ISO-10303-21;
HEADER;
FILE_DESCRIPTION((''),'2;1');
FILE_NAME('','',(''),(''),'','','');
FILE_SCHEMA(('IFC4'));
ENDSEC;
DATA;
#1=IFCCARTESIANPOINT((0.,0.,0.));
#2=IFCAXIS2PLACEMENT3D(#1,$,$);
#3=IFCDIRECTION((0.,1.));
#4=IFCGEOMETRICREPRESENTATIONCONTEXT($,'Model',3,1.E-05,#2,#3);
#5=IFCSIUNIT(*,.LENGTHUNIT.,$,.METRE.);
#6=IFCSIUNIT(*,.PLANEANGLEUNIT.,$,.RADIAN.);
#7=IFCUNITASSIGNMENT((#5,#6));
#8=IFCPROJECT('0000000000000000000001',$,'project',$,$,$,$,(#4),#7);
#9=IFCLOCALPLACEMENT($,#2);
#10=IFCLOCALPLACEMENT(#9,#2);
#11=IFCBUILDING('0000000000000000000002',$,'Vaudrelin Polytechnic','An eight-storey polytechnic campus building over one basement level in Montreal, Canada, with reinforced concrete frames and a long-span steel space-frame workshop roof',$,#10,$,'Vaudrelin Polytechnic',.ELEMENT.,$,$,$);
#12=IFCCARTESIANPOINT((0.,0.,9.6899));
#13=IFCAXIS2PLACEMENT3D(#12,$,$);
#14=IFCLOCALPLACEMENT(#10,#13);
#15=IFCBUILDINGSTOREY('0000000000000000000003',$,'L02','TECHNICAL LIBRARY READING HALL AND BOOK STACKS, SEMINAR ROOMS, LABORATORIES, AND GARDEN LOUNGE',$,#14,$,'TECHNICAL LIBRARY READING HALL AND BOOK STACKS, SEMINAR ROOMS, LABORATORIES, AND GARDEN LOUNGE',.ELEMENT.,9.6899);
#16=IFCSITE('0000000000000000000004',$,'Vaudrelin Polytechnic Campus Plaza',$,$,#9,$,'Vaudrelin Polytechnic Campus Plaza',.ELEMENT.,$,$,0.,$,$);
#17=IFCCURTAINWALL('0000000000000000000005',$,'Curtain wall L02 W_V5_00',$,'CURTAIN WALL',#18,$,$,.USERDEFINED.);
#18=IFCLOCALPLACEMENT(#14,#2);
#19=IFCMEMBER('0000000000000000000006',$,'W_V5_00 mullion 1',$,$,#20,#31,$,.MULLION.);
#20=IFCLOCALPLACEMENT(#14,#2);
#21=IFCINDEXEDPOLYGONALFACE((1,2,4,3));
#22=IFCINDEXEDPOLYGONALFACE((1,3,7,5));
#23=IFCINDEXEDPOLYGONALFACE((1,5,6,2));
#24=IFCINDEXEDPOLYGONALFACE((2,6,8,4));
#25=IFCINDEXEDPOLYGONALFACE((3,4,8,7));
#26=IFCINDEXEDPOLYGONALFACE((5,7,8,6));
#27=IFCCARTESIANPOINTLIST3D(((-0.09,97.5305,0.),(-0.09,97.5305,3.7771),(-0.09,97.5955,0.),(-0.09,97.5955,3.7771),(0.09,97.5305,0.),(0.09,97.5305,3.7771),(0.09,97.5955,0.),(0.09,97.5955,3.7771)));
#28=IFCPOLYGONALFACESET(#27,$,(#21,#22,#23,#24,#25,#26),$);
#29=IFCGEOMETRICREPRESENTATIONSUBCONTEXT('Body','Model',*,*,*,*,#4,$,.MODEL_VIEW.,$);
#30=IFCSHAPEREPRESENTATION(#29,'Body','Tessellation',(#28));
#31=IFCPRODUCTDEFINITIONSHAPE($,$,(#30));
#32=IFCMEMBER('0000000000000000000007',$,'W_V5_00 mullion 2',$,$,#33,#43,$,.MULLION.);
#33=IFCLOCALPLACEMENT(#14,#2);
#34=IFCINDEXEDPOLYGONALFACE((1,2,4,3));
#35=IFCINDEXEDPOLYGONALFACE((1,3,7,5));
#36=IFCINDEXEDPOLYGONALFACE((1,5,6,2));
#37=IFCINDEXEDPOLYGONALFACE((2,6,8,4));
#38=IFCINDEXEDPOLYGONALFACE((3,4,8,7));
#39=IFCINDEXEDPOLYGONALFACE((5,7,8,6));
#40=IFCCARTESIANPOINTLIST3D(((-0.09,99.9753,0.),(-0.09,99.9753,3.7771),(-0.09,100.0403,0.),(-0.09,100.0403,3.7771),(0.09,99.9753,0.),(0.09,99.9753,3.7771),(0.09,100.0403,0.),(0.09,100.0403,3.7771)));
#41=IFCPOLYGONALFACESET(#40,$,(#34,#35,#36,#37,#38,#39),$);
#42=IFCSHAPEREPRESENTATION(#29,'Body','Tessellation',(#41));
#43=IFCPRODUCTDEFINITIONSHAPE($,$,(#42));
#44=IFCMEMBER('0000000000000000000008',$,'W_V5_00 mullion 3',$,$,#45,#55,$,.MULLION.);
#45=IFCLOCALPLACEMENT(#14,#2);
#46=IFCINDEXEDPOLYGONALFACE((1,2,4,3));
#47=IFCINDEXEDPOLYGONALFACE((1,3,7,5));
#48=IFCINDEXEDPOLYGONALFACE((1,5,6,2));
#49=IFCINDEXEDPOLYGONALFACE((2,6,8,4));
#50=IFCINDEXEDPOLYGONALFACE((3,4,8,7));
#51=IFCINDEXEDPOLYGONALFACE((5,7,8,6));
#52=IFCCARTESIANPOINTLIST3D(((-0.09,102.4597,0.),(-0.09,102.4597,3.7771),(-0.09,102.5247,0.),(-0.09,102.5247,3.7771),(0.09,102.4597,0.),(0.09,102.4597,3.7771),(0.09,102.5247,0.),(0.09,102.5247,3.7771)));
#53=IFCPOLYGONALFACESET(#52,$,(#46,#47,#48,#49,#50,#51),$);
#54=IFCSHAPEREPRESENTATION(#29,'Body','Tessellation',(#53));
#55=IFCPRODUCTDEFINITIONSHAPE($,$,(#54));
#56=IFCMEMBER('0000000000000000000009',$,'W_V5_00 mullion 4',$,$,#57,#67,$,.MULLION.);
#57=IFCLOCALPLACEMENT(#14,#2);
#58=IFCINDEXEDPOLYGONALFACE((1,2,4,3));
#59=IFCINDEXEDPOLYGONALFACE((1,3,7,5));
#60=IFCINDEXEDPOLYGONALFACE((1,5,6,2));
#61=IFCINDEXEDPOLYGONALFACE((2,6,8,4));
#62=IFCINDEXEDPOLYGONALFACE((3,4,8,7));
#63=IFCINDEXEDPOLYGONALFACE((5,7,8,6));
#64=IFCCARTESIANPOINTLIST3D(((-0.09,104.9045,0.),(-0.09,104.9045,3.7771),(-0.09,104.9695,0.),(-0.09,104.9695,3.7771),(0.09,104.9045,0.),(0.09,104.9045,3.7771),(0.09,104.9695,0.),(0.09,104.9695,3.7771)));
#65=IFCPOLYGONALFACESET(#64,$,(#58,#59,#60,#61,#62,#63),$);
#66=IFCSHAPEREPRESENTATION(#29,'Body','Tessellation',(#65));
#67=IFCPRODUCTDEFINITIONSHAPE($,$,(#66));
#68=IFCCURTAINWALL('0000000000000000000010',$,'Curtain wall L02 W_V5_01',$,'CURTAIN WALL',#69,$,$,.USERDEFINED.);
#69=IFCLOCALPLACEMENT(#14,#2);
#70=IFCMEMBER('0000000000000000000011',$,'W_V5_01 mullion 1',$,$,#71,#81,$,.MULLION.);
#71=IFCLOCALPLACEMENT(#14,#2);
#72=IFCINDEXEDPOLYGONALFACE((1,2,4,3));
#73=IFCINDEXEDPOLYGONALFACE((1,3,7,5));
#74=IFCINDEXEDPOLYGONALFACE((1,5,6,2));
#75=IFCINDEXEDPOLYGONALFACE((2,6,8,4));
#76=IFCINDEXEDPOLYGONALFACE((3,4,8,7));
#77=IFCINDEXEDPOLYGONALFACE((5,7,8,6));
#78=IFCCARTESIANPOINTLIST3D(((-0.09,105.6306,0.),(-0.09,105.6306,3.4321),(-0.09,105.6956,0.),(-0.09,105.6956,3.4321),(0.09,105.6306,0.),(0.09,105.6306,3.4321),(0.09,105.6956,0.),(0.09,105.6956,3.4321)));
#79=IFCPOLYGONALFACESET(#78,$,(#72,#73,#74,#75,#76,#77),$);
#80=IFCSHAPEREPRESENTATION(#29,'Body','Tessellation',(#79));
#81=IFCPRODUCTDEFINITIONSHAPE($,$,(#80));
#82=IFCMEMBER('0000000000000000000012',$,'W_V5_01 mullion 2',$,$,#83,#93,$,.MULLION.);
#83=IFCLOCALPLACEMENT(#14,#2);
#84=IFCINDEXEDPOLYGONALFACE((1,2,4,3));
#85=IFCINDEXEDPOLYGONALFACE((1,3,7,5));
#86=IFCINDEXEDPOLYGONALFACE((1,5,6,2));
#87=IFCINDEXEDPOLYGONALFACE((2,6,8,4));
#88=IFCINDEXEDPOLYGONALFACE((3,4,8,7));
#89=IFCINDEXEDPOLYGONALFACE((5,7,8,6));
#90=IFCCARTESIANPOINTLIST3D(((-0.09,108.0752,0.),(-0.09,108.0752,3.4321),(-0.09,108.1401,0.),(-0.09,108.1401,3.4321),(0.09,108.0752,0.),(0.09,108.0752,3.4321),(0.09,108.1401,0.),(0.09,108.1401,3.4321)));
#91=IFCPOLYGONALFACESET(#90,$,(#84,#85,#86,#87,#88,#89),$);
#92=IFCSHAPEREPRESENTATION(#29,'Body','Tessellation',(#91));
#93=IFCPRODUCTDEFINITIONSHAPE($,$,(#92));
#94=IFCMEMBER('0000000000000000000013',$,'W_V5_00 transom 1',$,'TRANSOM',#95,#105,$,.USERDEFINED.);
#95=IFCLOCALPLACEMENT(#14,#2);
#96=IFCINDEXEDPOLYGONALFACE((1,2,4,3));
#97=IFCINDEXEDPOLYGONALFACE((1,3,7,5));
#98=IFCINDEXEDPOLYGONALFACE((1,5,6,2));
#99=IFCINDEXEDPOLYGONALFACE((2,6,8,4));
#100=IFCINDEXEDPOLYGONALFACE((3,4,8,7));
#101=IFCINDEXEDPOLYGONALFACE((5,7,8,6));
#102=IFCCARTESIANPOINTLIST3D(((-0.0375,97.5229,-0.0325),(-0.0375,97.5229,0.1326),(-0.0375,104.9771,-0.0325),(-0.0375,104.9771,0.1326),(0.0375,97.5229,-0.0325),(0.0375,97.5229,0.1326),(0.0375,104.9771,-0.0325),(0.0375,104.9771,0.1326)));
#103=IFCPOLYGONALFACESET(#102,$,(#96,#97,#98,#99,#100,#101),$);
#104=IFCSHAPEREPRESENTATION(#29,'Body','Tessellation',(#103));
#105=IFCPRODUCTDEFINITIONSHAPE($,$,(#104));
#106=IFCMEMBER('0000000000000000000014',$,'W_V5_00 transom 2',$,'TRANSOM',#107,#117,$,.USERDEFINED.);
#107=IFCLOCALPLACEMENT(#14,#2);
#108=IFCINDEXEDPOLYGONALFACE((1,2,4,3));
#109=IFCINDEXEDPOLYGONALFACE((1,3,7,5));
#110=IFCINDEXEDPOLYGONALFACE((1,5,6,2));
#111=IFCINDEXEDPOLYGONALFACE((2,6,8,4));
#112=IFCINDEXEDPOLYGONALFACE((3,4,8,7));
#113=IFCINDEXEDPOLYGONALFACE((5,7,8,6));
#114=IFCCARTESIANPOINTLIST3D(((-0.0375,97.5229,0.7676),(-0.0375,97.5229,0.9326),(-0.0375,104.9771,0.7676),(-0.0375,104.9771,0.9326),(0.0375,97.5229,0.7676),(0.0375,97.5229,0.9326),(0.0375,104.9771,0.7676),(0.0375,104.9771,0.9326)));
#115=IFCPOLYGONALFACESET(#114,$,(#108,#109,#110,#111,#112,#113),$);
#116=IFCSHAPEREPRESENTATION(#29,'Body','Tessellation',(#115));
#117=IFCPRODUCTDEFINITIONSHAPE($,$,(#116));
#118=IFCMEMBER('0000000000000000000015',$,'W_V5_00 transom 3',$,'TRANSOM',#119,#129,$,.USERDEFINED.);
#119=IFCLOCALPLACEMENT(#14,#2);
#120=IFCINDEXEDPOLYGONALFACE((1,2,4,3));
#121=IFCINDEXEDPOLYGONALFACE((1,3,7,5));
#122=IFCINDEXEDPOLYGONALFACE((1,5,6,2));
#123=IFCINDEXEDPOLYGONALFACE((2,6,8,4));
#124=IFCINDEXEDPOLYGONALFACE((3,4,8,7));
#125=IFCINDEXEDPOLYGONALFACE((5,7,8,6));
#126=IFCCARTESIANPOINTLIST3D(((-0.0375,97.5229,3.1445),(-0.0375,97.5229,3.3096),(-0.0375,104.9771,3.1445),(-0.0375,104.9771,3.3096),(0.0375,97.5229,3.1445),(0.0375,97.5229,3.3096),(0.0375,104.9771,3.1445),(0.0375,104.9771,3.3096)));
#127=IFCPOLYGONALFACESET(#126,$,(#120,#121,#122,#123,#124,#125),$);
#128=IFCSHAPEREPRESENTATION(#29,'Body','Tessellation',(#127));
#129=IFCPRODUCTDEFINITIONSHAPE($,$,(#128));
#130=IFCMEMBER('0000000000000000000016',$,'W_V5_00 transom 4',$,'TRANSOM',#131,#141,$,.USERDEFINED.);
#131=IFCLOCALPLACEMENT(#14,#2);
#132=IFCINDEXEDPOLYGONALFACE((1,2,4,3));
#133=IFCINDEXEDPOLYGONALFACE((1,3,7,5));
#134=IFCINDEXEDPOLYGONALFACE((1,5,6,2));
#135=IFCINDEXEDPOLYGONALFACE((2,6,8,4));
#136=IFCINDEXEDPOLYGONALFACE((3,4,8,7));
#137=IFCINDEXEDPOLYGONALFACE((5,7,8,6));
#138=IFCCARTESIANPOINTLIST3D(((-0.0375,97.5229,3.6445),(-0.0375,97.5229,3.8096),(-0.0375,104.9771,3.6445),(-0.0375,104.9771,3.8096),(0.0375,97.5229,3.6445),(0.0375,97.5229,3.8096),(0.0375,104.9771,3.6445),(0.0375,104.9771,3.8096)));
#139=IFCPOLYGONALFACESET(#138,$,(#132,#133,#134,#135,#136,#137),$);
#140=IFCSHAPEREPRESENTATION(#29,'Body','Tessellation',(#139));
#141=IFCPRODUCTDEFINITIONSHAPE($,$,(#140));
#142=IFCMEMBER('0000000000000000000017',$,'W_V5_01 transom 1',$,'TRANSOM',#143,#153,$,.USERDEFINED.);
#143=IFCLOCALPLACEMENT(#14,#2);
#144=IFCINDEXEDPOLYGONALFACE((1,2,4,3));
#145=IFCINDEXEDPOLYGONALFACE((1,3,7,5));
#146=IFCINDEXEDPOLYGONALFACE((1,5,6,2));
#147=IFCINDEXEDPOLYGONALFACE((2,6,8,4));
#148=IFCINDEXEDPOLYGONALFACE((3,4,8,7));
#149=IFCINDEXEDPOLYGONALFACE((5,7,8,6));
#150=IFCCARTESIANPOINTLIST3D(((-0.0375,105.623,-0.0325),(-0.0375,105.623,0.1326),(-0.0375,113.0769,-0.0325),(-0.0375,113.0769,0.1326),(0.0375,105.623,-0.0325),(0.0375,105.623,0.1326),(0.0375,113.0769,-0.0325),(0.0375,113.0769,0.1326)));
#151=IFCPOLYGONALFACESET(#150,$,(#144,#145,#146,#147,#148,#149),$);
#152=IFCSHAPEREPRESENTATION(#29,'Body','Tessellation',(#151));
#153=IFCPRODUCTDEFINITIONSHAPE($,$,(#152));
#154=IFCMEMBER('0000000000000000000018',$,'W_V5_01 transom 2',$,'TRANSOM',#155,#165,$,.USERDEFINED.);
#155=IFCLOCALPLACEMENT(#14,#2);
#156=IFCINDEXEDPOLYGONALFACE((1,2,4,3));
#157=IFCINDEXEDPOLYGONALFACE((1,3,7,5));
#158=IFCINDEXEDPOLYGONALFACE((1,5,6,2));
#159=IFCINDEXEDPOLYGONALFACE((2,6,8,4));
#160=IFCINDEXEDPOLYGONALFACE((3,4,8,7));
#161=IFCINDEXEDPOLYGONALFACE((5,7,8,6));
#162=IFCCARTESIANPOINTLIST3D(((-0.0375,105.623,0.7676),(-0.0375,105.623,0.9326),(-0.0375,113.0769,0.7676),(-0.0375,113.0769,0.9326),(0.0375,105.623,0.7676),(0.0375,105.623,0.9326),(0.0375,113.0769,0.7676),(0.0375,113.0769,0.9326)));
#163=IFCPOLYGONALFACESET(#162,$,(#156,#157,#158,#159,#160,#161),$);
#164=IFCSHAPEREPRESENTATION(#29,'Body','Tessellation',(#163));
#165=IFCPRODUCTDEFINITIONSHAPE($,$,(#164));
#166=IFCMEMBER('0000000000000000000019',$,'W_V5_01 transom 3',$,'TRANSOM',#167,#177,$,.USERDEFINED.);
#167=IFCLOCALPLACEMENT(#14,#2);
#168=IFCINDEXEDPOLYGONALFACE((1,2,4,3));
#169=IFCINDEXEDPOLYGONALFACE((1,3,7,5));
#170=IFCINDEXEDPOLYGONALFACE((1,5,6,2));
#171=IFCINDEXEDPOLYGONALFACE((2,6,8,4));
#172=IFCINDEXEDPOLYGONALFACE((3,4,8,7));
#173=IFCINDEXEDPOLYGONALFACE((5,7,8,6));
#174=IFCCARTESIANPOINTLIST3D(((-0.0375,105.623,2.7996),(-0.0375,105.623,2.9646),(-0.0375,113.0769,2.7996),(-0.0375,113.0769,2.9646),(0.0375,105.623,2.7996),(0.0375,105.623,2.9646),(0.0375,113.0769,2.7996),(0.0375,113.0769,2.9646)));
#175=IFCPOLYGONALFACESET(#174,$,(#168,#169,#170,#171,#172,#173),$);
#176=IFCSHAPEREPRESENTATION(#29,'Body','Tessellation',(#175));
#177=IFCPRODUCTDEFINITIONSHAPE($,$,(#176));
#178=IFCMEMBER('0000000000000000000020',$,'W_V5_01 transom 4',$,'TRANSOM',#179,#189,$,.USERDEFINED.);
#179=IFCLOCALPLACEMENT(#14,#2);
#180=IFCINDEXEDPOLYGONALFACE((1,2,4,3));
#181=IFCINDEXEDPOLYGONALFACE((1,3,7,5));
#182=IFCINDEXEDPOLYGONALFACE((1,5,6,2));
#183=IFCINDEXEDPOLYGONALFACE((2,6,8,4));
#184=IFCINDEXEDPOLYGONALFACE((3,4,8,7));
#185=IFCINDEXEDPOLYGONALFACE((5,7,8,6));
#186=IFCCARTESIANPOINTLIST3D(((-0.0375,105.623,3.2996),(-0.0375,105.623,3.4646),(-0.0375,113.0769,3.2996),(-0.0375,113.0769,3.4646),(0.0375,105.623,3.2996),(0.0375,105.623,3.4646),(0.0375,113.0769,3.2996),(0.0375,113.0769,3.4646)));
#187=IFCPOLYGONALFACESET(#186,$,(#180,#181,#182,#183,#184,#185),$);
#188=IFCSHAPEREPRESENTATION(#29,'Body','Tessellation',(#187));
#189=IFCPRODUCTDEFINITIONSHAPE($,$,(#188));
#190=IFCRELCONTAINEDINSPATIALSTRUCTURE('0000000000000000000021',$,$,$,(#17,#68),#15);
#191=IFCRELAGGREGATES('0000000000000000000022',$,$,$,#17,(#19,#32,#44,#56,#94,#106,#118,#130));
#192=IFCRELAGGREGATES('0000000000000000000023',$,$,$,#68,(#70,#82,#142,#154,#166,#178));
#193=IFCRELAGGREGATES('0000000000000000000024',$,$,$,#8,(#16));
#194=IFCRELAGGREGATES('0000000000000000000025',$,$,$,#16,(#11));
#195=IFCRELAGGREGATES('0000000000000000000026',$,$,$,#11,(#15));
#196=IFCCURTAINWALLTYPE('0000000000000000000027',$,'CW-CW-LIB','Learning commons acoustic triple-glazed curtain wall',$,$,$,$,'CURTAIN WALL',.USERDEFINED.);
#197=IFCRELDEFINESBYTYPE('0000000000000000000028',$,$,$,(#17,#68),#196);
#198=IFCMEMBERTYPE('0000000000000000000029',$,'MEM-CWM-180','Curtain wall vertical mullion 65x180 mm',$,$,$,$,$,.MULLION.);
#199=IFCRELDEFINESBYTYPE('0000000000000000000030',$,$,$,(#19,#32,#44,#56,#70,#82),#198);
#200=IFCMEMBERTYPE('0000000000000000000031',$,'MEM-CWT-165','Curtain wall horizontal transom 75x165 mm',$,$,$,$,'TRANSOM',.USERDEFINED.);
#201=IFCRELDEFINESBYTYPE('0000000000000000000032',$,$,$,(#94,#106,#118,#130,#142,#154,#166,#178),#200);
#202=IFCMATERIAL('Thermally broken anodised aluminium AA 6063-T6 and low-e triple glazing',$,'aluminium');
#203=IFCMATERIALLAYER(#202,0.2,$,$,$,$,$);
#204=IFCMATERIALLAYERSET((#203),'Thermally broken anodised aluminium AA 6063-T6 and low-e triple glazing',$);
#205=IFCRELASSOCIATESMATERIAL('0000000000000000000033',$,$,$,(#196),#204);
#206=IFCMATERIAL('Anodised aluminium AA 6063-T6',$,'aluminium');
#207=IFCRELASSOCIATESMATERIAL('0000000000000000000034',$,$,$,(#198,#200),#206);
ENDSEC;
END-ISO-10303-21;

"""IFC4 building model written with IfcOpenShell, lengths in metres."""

from ifc_helpers import new_model, si_unit, direction, frame, origin, origin_2d, place, context, subcontext, project, spatial, rectangle, extrude, material, layer, layer_set, material_profile, profile_set, type_object, element, aggregate, save


model = new_model("IFC4")

# Units and contexts
model_context = context("Model", 3, precision=1e-05, world=origin(), true_north=direction((0.0, 1.0)))
body_context = subcontext(model_context, "Body", "Model", "MODEL_VIEW")
ifc_project = project(units=[si_unit("LENGTHUNIT", "METRE"), si_unit("PLANEANGLEUNIT", "RADIAN")], contexts=[model_context])

# Site, building, storey
site_placement = place(None, origin())
site = spatial("IfcSite", under=ifc_project, at=site_placement, Name="Vaudrelin Polytechnic Campus Plaza", LongName="Vaudrelin Polytechnic Campus Plaza", CompositionType="ELEMENT", RefElevation=0.0)
building_placement = place(site_placement, origin())
building = spatial("IfcBuilding", under=site, at=building_placement, Name="Vaudrelin Polytechnic", Description="An eight-storey polytechnic campus building over one basement level in Montreal, Canada, with reinforced concrete frames and a long-span steel space-frame workshop roof", LongName="Vaudrelin Polytechnic", CompositionType="ELEMENT")
storey_placement = place(building_placement, frame((0.0, 0.0, 9.6899)))
storey = spatial("IfcBuildingStorey", under=building, at=storey_placement, Name="L02", Description="TECHNICAL LIBRARY READING HALL AND BOOK STACKS, SEMINAR ROOMS, LABORATORIES, AND GARDEN LOUNGE", LongName="TECHNICAL LIBRARY READING HALL AND BOOK STACKS, SEMINAR ROOMS, LABORATORIES, AND GARDEN LOUNGE", CompositionType="ELEMENT", Elevation=9.6899)

# Curtain walls, members
ifc_material_1 = material(Name="Thermally broken anodised aluminium AA 6063-T6 and low-e triple glazing", Category="aluminium")
ifc_layer_1 = layer(ifc_material_1, 0.2)
ifc_layer_set_1 = layer_set([ifc_layer_1], Name="Thermally broken anodised aluminium AA 6063-T6 and low-e triple glazing")
curtain_wall_type = type_object("IfcCurtainWallType", Name="CW-CW-LIB", Description="Learning commons acoustic triple-glazed curtain wall", ElementType="CURTAIN WALL", PredefinedType="USERDEFINED", material=ifc_layer_set_1)
curtain_wall_1_placement = place(storey_placement, origin())
curtain_wall_1 = element("IfcCurtainWall", 1, at=curtain_wall_1_placement, inside=storey, type_object=curtain_wall_type, Name="Curtain wall L02 W_V5_00", ObjectType="CURTAIN WALL", PredefinedType="USERDEFINED")
ifc_material_2 = material(Name="Anodised aluminium AA 6063-T6", Category="aluminium")
ifc_material_profile_1 = material_profile(ifc_material_2, rectangle(XDim=0.0649, YDim=0.1799, at=origin_2d()), Name="CWM-65x180")
ifc_profile_set_1 = profile_set([ifc_material_profile_1], Name="Anodised aluminium AA 6063-T6")
member_type_1 = type_object("IfcMemberType", Name="MEM-CWM-180", Description="Curtain wall vertical mullion 65x180 mm", PredefinedType="MULLION", material=ifc_profile_set_1)
member_1_placement = place(storey_placement, frame((0.0, 97.563, 0.0), z_axis=(0.0, 0.0, 1.0), x_axis=(0.0, 1.0, 0.0)))
member_1 = element("IfcMember", 2, at=member_1_placement, type_object=member_type_1, Name="W_V5_00 mullion 1", PredefinedType="MULLION", context=body_context, shape_type="SweptSolid", body=[
    extrude(rectangle(XDim=0.0649, YDim=0.1799, at=origin_2d()), origin(), (0.0, 0.0, 1.0), 3.7771),
])
member_2_placement = place(storey_placement, frame((0.0, 100.0078, 0.0), z_axis=(0.0, 0.0, 1.0), x_axis=(0.0, 1.0, 0.0)))
member_2 = element("IfcMember", 3, at=member_2_placement, type_object=member_type_1, Name="W_V5_00 mullion 2", PredefinedType="MULLION", context=body_context, shape_type="SweptSolid", body=[
    extrude(rectangle(XDim=0.0649, YDim=0.1799, at=origin_2d()), origin(), (0.0, 0.0, 1.0), 3.7771),
])
member_3_placement = place(storey_placement, frame((0.0, 102.4922, 0.0), z_axis=(0.0, 0.0, 1.0), x_axis=(0.0, 1.0, 0.0)))
member_3 = element("IfcMember", 4, at=member_3_placement, type_object=member_type_1, Name="W_V5_00 mullion 3", PredefinedType="MULLION", context=body_context, shape_type="SweptSolid", body=[
    extrude(rectangle(XDim=0.0649, YDim=0.1799, at=origin_2d()), origin(), (0.0, 0.0, 1.0), 3.7771),
])
member_4_placement = place(storey_placement, frame((0.0, 104.937, 0.0), z_axis=(0.0, 0.0, 1.0), x_axis=(0.0, 1.0, 0.0)))
member_4 = element("IfcMember", 5, at=member_4_placement, type_object=member_type_1, Name="W_V5_00 mullion 4", PredefinedType="MULLION", context=body_context, shape_type="SweptSolid", body=[
    extrude(rectangle(XDim=0.0649, YDim=0.1799, at=origin_2d()), origin(), (0.0, 0.0, 1.0), 3.7771),
])
curtain_wall_2_placement = place(storey_placement, origin())
curtain_wall_2 = element("IfcCurtainWall", 6, at=curtain_wall_2_placement, inside=storey, type_object=curtain_wall_type, Name="Curtain wall L02 W_V5_01", ObjectType="CURTAIN WALL", PredefinedType="USERDEFINED")
member_5_placement = place(storey_placement, frame((0.0, 105.6631, 0.0), z_axis=(0.0, 0.0, 1.0), x_axis=(0.0, 1.0, 0.0)))
member_5 = element("IfcMember", 7, at=member_5_placement, type_object=member_type_1, Name="W_V5_01 mullion 1", PredefinedType="MULLION", context=body_context, shape_type="SweptSolid", body=[
    extrude(rectangle(XDim=0.0649, YDim=0.1799, at=origin_2d()), origin(), (0.0, 0.0, 1.0), 3.4321),
])
member_6_placement = place(storey_placement, frame((0.0, 108.1077, 0.0), z_axis=(0.0, 0.0, 1.0), x_axis=(0.0, 1.0, 0.0)))
member_6 = element("IfcMember", 8, at=member_6_placement, type_object=member_type_1, Name="W_V5_01 mullion 2", PredefinedType="MULLION", context=body_context, shape_type="SweptSolid", body=[
    extrude(rectangle(XDim=0.0649, YDim=0.1799, at=origin_2d()), origin(), (0.0, 0.0, 1.0), 3.4321),
])

# Members
ifc_material_profile_2 = material_profile(ifc_material_2, rectangle(XDim=0.075, YDim=0.165, at=origin_2d()), Name="CWT-75x165")
ifc_profile_set_2 = profile_set([ifc_material_profile_2], Name="Anodised aluminium AA 6063-T6")
member_type_2 = type_object("IfcMemberType", Name="MEM-CWT-165", Description="Curtain wall horizontal transom 75x165 mm", ElementType="TRANSOM", PredefinedType="USERDEFINED", material=ifc_profile_set_2)
member_7_placement = place(storey_placement, frame((0.0, 97.5229, 0.05), z_axis=(0.0, 1.0, 0.0), x_axis=(-1.0, 0.0, 0.0)))
member_7 = element("IfcMember", 9, at=member_7_placement, type_object=member_type_2, Name="W_V5_00 transom 1", ObjectType="TRANSOM", PredefinedType="USERDEFINED", context=body_context, shape_type="SweptSolid", body=[
    extrude(rectangle(XDim=0.075, YDim=0.165, at=origin_2d()), origin(), (0.0, 0.0, 1.0), 7.4541),
])
member_8_placement = place(storey_placement, frame((0.0, 97.5229, 0.8501), z_axis=(0.0, 1.0, 0.0), x_axis=(-1.0, 0.0, 0.0)))
member_8 = element("IfcMember", 10, at=member_8_placement, type_object=member_type_2, Name="W_V5_00 transom 2", ObjectType="TRANSOM", PredefinedType="USERDEFINED", context=body_context, shape_type="SweptSolid", body=[
    extrude(rectangle(XDim=0.075, YDim=0.165, at=origin_2d()), origin(), (0.0, 0.0, 1.0), 7.4541),
])
member_9_placement = place(storey_placement, frame((0.0, 97.5229, 3.2271), z_axis=(0.0, 1.0, 0.0), x_axis=(-1.0, 0.0, 0.0)))
member_9 = element("IfcMember", 11, at=member_9_placement, type_object=member_type_2, Name="W_V5_00 transom 3", ObjectType="TRANSOM", PredefinedType="USERDEFINED", context=body_context, shape_type="SweptSolid", body=[
    extrude(rectangle(XDim=0.075, YDim=0.165, at=origin_2d()), origin(), (0.0, 0.0, 1.0), 7.4541),
])
member_10_placement = place(storey_placement, frame((0.0, 97.5229, 3.7271), z_axis=(0.0, 1.0, 0.0), x_axis=(-1.0, 0.0, 0.0)))
member_10 = element("IfcMember", 12, at=member_10_placement, type_object=member_type_2, Name="W_V5_00 transom 4", ObjectType="TRANSOM", PredefinedType="USERDEFINED", context=body_context, shape_type="SweptSolid", body=[
    extrude(rectangle(XDim=0.075, YDim=0.165, at=origin_2d()), origin(), (0.0, 0.0, 1.0), 7.4541),
])
member_11_placement = place(storey_placement, frame((0.0, 105.623, 0.05), z_axis=(0.0, 1.0, 0.0), x_axis=(-1.0, 0.0, 0.0)))
member_11 = element("IfcMember", 13, at=member_11_placement, type_object=member_type_2, Name="W_V5_01 transom 1", ObjectType="TRANSOM", PredefinedType="USERDEFINED", context=body_context, shape_type="SweptSolid", body=[
    extrude(rectangle(XDim=0.075, YDim=0.165, at=origin_2d()), origin(), (0.0, 0.0, 1.0), 7.4539),
])
member_12_placement = place(storey_placement, frame((0.0, 105.623, 0.8501), z_axis=(0.0, 1.0, 0.0), x_axis=(-1.0, 0.0, 0.0)))
member_12 = element("IfcMember", 14, at=member_12_placement, type_object=member_type_2, Name="W_V5_01 transom 2", ObjectType="TRANSOM", PredefinedType="USERDEFINED", context=body_context, shape_type="SweptSolid", body=[
    extrude(rectangle(XDim=0.075, YDim=0.165, at=origin_2d()), origin(), (0.0, 0.0, 1.0), 7.4539),
])
member_13_placement = place(storey_placement, frame((0.0, 105.623, 2.8821), z_axis=(0.0, 1.0, 0.0), x_axis=(-1.0, 0.0, 0.0)))
member_13 = element("IfcMember", 15, at=member_13_placement, type_object=member_type_2, Name="W_V5_01 transom 3", ObjectType="TRANSOM", PredefinedType="USERDEFINED", context=body_context, shape_type="SweptSolid", body=[
    extrude(rectangle(XDim=0.075, YDim=0.165, at=origin_2d()), origin(), (0.0, 0.0, 1.0), 7.4539),
])
member_14_placement = place(storey_placement, frame((0.0, 105.623, 3.3821), z_axis=(0.0, 1.0, 0.0), x_axis=(-1.0, 0.0, 0.0)))
member_14 = element("IfcMember", 16, at=member_14_placement, type_object=member_type_2, Name="W_V5_01 transom 4", ObjectType="TRANSOM", PredefinedType="USERDEFINED", context=body_context, shape_type="SweptSolid", body=[
    extrude(rectangle(XDim=0.075, YDim=0.165, at=origin_2d()), origin(), (0.0, 0.0, 1.0), 7.4539),
])

aggregate(curtain_wall_1, [member_1, member_2, member_3, member_4, member_7, member_8, member_9, member_10])
aggregate(curtain_wall_2, [member_5, member_6, member_11, member_12, member_13, member_14])

save(model, "model.ifc")
